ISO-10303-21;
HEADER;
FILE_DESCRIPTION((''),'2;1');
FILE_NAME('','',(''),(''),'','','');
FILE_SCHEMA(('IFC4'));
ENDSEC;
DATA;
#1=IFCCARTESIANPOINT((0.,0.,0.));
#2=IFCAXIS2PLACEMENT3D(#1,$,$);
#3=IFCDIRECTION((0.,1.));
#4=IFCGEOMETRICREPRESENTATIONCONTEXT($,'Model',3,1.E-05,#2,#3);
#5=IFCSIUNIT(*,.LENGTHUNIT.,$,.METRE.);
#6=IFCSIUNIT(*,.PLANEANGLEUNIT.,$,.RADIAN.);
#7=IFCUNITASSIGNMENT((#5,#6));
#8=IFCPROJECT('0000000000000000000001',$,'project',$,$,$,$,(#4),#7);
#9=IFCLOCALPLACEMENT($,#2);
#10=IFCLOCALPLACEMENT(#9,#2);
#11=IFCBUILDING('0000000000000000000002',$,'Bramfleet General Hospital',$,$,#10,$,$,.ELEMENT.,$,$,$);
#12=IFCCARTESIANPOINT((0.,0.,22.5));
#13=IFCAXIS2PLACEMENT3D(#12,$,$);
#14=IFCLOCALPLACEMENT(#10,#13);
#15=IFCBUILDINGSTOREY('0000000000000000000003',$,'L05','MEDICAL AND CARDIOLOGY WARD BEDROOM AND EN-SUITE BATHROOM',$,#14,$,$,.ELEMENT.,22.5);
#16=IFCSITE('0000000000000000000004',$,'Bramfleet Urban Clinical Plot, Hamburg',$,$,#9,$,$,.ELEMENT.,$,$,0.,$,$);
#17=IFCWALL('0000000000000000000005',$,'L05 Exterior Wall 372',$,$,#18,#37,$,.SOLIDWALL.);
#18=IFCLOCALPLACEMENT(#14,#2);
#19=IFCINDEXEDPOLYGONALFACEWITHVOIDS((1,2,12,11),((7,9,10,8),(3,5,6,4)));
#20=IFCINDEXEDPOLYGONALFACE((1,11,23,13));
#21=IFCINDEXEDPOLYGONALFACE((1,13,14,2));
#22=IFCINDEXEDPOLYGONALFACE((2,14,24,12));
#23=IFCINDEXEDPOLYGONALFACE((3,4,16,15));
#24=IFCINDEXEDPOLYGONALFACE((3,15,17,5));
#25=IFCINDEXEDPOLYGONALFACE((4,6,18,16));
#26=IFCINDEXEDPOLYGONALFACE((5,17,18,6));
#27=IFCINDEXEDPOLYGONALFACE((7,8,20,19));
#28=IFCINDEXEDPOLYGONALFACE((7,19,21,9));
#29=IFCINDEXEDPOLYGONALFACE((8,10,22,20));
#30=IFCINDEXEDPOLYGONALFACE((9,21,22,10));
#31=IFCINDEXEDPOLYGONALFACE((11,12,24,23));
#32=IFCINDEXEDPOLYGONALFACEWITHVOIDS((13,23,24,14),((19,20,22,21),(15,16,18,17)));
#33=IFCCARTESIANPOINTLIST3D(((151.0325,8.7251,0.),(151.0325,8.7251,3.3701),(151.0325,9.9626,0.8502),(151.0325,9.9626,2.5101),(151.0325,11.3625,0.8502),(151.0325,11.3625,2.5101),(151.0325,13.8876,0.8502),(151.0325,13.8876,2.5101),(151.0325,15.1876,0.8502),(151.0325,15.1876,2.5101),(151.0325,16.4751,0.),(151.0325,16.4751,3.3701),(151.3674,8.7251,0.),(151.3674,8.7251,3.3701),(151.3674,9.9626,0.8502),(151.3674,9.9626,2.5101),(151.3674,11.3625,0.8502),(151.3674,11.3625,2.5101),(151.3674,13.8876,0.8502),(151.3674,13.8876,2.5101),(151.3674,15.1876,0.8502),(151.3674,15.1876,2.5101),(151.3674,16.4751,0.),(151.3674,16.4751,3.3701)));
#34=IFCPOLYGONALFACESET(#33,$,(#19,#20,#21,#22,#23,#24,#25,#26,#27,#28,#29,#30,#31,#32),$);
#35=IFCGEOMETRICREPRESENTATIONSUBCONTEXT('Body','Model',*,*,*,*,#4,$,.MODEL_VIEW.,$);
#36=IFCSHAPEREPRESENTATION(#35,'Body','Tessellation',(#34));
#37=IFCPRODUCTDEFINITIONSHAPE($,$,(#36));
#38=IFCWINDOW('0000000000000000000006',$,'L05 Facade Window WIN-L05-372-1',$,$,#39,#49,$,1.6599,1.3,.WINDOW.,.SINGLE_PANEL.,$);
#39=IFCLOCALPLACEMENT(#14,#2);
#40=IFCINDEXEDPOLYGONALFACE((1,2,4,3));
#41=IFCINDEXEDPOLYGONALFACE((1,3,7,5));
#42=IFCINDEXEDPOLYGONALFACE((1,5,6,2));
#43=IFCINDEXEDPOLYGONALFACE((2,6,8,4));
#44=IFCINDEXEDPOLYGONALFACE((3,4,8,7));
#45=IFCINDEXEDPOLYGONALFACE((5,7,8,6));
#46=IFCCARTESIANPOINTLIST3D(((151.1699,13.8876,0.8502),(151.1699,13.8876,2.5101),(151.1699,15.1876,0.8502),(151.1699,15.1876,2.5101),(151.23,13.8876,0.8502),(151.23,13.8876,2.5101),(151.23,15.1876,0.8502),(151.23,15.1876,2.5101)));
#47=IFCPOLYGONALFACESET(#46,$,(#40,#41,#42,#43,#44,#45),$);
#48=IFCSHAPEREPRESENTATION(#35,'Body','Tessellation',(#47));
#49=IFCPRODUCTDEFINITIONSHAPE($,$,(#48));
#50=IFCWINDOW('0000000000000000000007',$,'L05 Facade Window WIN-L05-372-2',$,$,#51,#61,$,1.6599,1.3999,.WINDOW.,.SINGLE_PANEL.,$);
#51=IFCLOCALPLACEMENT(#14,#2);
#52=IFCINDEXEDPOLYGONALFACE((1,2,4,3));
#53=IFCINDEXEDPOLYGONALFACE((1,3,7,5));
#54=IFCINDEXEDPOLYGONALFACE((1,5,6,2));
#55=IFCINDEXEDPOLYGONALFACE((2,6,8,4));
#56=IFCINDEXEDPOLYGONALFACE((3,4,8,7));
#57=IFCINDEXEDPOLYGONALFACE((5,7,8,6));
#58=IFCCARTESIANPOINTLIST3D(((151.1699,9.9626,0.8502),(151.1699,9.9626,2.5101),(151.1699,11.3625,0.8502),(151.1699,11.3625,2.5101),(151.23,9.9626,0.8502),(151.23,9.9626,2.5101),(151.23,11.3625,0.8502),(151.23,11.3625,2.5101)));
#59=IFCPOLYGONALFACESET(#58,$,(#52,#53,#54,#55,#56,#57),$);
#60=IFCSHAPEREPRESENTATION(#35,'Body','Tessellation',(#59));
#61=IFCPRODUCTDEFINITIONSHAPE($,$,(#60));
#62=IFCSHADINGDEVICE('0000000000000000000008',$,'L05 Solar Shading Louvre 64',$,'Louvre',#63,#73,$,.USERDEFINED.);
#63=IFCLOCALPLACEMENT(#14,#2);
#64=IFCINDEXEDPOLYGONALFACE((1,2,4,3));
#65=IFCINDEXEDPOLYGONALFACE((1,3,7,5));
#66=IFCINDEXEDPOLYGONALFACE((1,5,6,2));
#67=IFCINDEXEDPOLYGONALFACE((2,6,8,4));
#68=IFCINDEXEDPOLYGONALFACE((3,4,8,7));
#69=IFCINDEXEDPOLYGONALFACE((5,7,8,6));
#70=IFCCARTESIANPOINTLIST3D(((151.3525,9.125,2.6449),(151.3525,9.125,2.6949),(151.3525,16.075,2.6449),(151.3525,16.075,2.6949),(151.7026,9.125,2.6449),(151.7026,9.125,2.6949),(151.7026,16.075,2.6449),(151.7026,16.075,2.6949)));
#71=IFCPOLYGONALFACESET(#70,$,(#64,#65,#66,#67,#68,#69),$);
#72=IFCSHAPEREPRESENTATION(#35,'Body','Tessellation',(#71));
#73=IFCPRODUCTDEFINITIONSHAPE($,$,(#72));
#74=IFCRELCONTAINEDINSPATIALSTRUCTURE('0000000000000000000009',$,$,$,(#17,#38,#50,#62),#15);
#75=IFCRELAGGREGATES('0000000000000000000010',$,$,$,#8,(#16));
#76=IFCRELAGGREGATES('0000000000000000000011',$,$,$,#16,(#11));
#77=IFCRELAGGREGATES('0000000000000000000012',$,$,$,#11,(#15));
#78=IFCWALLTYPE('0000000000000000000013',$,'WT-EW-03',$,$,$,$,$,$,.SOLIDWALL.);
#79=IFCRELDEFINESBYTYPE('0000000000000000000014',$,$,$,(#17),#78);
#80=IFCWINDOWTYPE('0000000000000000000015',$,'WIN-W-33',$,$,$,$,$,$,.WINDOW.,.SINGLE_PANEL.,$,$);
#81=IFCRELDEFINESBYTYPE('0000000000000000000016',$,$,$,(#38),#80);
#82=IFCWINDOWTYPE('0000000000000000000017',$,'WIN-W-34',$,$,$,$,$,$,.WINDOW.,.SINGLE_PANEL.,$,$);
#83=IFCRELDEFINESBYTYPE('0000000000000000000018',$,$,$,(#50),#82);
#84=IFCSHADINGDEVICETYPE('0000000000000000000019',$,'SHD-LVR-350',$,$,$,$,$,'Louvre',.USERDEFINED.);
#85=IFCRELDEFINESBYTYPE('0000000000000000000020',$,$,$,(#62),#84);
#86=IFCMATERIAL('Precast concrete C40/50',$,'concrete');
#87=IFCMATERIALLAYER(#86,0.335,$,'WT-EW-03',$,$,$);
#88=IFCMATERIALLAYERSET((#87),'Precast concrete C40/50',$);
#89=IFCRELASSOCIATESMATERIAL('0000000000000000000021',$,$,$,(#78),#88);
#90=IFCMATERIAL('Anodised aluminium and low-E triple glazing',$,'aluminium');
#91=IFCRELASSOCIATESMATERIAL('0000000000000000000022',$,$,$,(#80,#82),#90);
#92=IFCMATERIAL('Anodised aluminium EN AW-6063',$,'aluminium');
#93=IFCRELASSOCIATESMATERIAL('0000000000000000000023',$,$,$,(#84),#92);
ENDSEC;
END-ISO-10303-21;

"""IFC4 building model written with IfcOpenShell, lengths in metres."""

from ifc_helpers import new_model, si_unit, direction, frame, frame_2d, origin, origin_2d, place, context, subcontext, project, spatial, rectangle, extrude, material, layer, layer_set, material_profile, profile_set, type_object, element, fill, save


model = new_model("IFC4")

# Units and contexts
model_context = context("Model", 3, precision=1e-05, world=origin(), true_north=direction((0.0, 1.0)))
body_context = subcontext(model_context, "Body", "Model", "MODEL_VIEW")
ifc_project = project(units=[si_unit("LENGTHUNIT", "METRE"), si_unit("PLANEANGLEUNIT", "RADIAN")], contexts=[model_context])

# Site, building, storey
site_placement = place(None, origin())
site = spatial("IfcSite", under=ifc_project, at=site_placement, Name="Bramfleet Urban Clinical Plot, Hamburg", CompositionType="ELEMENT", RefElevation=0.0)
building_placement = place(site_placement, origin())
building = spatial("IfcBuilding", under=site, at=building_placement, Name="Bramfleet General Hospital", CompositionType="ELEMENT")
storey_placement = place(building_placement, frame((0.0, 0.0, 22.5)))
storey = spatial("IfcBuildingStorey", under=building, at=storey_placement, Name="L05", Description="MEDICAL AND CARDIOLOGY WARD BEDROOM AND EN-SUITE BATHROOM", CompositionType="ELEMENT", Elevation=22.5)

# Shared definitions
ifc_material_1 = material(Name="Anodised aluminium and low-E triple glazing", Category="aluminium")

# Wall, openings, windows
ifc_material_2 = material(Name="Precast concrete C40/50", Category="concrete")
ifc_layer_1 = layer(ifc_material_2, 0.335, Name="WT-EW-03")
ifc_layer_set_1 = layer_set([ifc_layer_1], Name="Precast concrete C40/50")
wall_type = type_object("IfcWallType", Name="WT-EW-03", PredefinedType="SOLIDWALL", material=ifc_layer_set_1)
wall_placement = place(storey_placement, frame((151.2, 16.4751, 0.0), z_axis=(0.0, 0.0, 1.0), x_axis=(0.0, -1.0, 0.0)))
wall = element("IfcWall", 1, at=wall_placement, inside=storey, type_object=wall_type, Name="L05 Exterior Wall 372", PredefinedType="SOLIDWALL", context=body_context, shape_type="SweptSolid", body=[
    extrude(rectangle(XDim=7.75, YDim=0.335, at=frame_2d((3.875, 0.0))), origin(), (0.0, 0.0, 1.0), 3.3701),
])
opening_1_placement = place(wall_placement, frame((1.2876, 0.0, 0.8501)))
opening_1 = element("IfcOpeningElement", 2, at=opening_1_placement, cuts=wall, PredefinedType="OPENING", context=body_context, shape_type="SweptSolid", body=[
    extrude(rectangle(XDim=1.3, YDim=1.6599, at=frame_2d((0.6499, 0.8301))), frame((0.0, 0.1775, 0.0), z_axis=(0.0, -1.0, 0.0), x_axis=(1.0, 0.0, 0.0)), (0.0, 0.0, 1.0), 0.355),
])
opening_2_placement = place(wall_placement, frame((5.1125, 0.0, 0.8501)))
opening_2 = element("IfcOpeningElement", 3, at=opening_2_placement, cuts=wall, PredefinedType="OPENING", context=body_context, shape_type="SweptSolid", body=[
    extrude(rectangle(XDim=1.3999, YDim=1.6599, at=frame_2d((0.7, 0.8301))), frame((0.0, 0.1775, 0.0), z_axis=(0.0, -1.0, 0.0), x_axis=(1.0, 0.0, 0.0)), (0.0, 0.0, 1.0), 0.355),
])
window_type_1 = type_object("IfcWindowType", Name="WIN-W-33", PartitioningType="SINGLE_PANEL", PredefinedType="WINDOW", material=ifc_material_1)
window_1_placement = place(opening_1_placement, origin())
window_1 = element("IfcWindow", 4, at=window_1_placement, inside=storey, type_object=window_type_1, Name="L05 Facade Window WIN-L05-372-1", OverallHeight=1.6599, OverallWidth=1.3, PartitioningType="SINGLE_PANEL", PredefinedType="WINDOW", context=body_context, shape_type="SweptSolid", body=[
    extrude(rectangle(XDim=1.3, YDim=1.6599, at=frame_2d((0.6499, 0.8301))), frame((0.0, 0.03, 0.0), z_axis=(0.0, -1.0, 0.0), x_axis=(1.0, 0.0, 0.0)), (0.0, 0.0, 1.0), 0.0601),
])
fill(opening_1, window_1)
window_type_2 = type_object("IfcWindowType", Name="WIN-W-34", PartitioningType="SINGLE_PANEL", PredefinedType="WINDOW", material=ifc_material_1)
window_2_placement = place(opening_2_placement, origin())
window_2 = element("IfcWindow", 5, at=window_2_placement, inside=storey, type_object=window_type_2, Name="L05 Facade Window WIN-L05-372-2", OverallHeight=1.6599, OverallWidth=1.3999, PartitioningType="SINGLE_PANEL", PredefinedType="WINDOW", context=body_context, shape_type="SweptSolid", body=[
    extrude(rectangle(XDim=1.3999, YDim=1.6599, at=frame_2d((0.7, 0.8301))), frame((0.0, 0.03, 0.0), z_axis=(0.0, -1.0, 0.0), x_axis=(1.0, 0.0, 0.0)), (0.0, 0.0, 1.0), 0.0601),
])
fill(opening_2, window_2)

# Shading device
ifc_material_3 = material(Name="Anodised aluminium EN AW-6063", Category="aluminium")
ifc_material_profile_1 = material_profile(ifc_material_3, rectangle(XDim=0.05, YDim=0.3501, at=origin_2d()), Name="ALU LOUVRE 350x50")
ifc_profile_set_1 = profile_set([ifc_material_profile_1], Name="Anodised aluminium EN AW-6063")
shading_device_type = type_object("IfcShadingDeviceType", Name="SHD-LVR-350", ElementType="Louvre", PredefinedType="USERDEFINED", material=ifc_profile_set_1)
shading_device_placement = place(storey_placement, frame((151.5276, 16.075, 2.6699), z_axis=(0.0, -1.0, 0.0), x_axis=(0.0, 0.0, 1.0)))
element("IfcShadingDevice", 6, at=shading_device_placement, inside=storey, type_object=shading_device_type, Name="L05 Solar Shading Louvre 64", ObjectType="Louvre", PredefinedType="USERDEFINED", context=body_context, shape_type="SweptSolid", body=[
    extrude(rectangle(XDim=0.05, YDim=0.3501, at=origin_2d()), origin(), (0.0, 0.0, 1.0), 6.95),
])

save(model, "model.ifc")
